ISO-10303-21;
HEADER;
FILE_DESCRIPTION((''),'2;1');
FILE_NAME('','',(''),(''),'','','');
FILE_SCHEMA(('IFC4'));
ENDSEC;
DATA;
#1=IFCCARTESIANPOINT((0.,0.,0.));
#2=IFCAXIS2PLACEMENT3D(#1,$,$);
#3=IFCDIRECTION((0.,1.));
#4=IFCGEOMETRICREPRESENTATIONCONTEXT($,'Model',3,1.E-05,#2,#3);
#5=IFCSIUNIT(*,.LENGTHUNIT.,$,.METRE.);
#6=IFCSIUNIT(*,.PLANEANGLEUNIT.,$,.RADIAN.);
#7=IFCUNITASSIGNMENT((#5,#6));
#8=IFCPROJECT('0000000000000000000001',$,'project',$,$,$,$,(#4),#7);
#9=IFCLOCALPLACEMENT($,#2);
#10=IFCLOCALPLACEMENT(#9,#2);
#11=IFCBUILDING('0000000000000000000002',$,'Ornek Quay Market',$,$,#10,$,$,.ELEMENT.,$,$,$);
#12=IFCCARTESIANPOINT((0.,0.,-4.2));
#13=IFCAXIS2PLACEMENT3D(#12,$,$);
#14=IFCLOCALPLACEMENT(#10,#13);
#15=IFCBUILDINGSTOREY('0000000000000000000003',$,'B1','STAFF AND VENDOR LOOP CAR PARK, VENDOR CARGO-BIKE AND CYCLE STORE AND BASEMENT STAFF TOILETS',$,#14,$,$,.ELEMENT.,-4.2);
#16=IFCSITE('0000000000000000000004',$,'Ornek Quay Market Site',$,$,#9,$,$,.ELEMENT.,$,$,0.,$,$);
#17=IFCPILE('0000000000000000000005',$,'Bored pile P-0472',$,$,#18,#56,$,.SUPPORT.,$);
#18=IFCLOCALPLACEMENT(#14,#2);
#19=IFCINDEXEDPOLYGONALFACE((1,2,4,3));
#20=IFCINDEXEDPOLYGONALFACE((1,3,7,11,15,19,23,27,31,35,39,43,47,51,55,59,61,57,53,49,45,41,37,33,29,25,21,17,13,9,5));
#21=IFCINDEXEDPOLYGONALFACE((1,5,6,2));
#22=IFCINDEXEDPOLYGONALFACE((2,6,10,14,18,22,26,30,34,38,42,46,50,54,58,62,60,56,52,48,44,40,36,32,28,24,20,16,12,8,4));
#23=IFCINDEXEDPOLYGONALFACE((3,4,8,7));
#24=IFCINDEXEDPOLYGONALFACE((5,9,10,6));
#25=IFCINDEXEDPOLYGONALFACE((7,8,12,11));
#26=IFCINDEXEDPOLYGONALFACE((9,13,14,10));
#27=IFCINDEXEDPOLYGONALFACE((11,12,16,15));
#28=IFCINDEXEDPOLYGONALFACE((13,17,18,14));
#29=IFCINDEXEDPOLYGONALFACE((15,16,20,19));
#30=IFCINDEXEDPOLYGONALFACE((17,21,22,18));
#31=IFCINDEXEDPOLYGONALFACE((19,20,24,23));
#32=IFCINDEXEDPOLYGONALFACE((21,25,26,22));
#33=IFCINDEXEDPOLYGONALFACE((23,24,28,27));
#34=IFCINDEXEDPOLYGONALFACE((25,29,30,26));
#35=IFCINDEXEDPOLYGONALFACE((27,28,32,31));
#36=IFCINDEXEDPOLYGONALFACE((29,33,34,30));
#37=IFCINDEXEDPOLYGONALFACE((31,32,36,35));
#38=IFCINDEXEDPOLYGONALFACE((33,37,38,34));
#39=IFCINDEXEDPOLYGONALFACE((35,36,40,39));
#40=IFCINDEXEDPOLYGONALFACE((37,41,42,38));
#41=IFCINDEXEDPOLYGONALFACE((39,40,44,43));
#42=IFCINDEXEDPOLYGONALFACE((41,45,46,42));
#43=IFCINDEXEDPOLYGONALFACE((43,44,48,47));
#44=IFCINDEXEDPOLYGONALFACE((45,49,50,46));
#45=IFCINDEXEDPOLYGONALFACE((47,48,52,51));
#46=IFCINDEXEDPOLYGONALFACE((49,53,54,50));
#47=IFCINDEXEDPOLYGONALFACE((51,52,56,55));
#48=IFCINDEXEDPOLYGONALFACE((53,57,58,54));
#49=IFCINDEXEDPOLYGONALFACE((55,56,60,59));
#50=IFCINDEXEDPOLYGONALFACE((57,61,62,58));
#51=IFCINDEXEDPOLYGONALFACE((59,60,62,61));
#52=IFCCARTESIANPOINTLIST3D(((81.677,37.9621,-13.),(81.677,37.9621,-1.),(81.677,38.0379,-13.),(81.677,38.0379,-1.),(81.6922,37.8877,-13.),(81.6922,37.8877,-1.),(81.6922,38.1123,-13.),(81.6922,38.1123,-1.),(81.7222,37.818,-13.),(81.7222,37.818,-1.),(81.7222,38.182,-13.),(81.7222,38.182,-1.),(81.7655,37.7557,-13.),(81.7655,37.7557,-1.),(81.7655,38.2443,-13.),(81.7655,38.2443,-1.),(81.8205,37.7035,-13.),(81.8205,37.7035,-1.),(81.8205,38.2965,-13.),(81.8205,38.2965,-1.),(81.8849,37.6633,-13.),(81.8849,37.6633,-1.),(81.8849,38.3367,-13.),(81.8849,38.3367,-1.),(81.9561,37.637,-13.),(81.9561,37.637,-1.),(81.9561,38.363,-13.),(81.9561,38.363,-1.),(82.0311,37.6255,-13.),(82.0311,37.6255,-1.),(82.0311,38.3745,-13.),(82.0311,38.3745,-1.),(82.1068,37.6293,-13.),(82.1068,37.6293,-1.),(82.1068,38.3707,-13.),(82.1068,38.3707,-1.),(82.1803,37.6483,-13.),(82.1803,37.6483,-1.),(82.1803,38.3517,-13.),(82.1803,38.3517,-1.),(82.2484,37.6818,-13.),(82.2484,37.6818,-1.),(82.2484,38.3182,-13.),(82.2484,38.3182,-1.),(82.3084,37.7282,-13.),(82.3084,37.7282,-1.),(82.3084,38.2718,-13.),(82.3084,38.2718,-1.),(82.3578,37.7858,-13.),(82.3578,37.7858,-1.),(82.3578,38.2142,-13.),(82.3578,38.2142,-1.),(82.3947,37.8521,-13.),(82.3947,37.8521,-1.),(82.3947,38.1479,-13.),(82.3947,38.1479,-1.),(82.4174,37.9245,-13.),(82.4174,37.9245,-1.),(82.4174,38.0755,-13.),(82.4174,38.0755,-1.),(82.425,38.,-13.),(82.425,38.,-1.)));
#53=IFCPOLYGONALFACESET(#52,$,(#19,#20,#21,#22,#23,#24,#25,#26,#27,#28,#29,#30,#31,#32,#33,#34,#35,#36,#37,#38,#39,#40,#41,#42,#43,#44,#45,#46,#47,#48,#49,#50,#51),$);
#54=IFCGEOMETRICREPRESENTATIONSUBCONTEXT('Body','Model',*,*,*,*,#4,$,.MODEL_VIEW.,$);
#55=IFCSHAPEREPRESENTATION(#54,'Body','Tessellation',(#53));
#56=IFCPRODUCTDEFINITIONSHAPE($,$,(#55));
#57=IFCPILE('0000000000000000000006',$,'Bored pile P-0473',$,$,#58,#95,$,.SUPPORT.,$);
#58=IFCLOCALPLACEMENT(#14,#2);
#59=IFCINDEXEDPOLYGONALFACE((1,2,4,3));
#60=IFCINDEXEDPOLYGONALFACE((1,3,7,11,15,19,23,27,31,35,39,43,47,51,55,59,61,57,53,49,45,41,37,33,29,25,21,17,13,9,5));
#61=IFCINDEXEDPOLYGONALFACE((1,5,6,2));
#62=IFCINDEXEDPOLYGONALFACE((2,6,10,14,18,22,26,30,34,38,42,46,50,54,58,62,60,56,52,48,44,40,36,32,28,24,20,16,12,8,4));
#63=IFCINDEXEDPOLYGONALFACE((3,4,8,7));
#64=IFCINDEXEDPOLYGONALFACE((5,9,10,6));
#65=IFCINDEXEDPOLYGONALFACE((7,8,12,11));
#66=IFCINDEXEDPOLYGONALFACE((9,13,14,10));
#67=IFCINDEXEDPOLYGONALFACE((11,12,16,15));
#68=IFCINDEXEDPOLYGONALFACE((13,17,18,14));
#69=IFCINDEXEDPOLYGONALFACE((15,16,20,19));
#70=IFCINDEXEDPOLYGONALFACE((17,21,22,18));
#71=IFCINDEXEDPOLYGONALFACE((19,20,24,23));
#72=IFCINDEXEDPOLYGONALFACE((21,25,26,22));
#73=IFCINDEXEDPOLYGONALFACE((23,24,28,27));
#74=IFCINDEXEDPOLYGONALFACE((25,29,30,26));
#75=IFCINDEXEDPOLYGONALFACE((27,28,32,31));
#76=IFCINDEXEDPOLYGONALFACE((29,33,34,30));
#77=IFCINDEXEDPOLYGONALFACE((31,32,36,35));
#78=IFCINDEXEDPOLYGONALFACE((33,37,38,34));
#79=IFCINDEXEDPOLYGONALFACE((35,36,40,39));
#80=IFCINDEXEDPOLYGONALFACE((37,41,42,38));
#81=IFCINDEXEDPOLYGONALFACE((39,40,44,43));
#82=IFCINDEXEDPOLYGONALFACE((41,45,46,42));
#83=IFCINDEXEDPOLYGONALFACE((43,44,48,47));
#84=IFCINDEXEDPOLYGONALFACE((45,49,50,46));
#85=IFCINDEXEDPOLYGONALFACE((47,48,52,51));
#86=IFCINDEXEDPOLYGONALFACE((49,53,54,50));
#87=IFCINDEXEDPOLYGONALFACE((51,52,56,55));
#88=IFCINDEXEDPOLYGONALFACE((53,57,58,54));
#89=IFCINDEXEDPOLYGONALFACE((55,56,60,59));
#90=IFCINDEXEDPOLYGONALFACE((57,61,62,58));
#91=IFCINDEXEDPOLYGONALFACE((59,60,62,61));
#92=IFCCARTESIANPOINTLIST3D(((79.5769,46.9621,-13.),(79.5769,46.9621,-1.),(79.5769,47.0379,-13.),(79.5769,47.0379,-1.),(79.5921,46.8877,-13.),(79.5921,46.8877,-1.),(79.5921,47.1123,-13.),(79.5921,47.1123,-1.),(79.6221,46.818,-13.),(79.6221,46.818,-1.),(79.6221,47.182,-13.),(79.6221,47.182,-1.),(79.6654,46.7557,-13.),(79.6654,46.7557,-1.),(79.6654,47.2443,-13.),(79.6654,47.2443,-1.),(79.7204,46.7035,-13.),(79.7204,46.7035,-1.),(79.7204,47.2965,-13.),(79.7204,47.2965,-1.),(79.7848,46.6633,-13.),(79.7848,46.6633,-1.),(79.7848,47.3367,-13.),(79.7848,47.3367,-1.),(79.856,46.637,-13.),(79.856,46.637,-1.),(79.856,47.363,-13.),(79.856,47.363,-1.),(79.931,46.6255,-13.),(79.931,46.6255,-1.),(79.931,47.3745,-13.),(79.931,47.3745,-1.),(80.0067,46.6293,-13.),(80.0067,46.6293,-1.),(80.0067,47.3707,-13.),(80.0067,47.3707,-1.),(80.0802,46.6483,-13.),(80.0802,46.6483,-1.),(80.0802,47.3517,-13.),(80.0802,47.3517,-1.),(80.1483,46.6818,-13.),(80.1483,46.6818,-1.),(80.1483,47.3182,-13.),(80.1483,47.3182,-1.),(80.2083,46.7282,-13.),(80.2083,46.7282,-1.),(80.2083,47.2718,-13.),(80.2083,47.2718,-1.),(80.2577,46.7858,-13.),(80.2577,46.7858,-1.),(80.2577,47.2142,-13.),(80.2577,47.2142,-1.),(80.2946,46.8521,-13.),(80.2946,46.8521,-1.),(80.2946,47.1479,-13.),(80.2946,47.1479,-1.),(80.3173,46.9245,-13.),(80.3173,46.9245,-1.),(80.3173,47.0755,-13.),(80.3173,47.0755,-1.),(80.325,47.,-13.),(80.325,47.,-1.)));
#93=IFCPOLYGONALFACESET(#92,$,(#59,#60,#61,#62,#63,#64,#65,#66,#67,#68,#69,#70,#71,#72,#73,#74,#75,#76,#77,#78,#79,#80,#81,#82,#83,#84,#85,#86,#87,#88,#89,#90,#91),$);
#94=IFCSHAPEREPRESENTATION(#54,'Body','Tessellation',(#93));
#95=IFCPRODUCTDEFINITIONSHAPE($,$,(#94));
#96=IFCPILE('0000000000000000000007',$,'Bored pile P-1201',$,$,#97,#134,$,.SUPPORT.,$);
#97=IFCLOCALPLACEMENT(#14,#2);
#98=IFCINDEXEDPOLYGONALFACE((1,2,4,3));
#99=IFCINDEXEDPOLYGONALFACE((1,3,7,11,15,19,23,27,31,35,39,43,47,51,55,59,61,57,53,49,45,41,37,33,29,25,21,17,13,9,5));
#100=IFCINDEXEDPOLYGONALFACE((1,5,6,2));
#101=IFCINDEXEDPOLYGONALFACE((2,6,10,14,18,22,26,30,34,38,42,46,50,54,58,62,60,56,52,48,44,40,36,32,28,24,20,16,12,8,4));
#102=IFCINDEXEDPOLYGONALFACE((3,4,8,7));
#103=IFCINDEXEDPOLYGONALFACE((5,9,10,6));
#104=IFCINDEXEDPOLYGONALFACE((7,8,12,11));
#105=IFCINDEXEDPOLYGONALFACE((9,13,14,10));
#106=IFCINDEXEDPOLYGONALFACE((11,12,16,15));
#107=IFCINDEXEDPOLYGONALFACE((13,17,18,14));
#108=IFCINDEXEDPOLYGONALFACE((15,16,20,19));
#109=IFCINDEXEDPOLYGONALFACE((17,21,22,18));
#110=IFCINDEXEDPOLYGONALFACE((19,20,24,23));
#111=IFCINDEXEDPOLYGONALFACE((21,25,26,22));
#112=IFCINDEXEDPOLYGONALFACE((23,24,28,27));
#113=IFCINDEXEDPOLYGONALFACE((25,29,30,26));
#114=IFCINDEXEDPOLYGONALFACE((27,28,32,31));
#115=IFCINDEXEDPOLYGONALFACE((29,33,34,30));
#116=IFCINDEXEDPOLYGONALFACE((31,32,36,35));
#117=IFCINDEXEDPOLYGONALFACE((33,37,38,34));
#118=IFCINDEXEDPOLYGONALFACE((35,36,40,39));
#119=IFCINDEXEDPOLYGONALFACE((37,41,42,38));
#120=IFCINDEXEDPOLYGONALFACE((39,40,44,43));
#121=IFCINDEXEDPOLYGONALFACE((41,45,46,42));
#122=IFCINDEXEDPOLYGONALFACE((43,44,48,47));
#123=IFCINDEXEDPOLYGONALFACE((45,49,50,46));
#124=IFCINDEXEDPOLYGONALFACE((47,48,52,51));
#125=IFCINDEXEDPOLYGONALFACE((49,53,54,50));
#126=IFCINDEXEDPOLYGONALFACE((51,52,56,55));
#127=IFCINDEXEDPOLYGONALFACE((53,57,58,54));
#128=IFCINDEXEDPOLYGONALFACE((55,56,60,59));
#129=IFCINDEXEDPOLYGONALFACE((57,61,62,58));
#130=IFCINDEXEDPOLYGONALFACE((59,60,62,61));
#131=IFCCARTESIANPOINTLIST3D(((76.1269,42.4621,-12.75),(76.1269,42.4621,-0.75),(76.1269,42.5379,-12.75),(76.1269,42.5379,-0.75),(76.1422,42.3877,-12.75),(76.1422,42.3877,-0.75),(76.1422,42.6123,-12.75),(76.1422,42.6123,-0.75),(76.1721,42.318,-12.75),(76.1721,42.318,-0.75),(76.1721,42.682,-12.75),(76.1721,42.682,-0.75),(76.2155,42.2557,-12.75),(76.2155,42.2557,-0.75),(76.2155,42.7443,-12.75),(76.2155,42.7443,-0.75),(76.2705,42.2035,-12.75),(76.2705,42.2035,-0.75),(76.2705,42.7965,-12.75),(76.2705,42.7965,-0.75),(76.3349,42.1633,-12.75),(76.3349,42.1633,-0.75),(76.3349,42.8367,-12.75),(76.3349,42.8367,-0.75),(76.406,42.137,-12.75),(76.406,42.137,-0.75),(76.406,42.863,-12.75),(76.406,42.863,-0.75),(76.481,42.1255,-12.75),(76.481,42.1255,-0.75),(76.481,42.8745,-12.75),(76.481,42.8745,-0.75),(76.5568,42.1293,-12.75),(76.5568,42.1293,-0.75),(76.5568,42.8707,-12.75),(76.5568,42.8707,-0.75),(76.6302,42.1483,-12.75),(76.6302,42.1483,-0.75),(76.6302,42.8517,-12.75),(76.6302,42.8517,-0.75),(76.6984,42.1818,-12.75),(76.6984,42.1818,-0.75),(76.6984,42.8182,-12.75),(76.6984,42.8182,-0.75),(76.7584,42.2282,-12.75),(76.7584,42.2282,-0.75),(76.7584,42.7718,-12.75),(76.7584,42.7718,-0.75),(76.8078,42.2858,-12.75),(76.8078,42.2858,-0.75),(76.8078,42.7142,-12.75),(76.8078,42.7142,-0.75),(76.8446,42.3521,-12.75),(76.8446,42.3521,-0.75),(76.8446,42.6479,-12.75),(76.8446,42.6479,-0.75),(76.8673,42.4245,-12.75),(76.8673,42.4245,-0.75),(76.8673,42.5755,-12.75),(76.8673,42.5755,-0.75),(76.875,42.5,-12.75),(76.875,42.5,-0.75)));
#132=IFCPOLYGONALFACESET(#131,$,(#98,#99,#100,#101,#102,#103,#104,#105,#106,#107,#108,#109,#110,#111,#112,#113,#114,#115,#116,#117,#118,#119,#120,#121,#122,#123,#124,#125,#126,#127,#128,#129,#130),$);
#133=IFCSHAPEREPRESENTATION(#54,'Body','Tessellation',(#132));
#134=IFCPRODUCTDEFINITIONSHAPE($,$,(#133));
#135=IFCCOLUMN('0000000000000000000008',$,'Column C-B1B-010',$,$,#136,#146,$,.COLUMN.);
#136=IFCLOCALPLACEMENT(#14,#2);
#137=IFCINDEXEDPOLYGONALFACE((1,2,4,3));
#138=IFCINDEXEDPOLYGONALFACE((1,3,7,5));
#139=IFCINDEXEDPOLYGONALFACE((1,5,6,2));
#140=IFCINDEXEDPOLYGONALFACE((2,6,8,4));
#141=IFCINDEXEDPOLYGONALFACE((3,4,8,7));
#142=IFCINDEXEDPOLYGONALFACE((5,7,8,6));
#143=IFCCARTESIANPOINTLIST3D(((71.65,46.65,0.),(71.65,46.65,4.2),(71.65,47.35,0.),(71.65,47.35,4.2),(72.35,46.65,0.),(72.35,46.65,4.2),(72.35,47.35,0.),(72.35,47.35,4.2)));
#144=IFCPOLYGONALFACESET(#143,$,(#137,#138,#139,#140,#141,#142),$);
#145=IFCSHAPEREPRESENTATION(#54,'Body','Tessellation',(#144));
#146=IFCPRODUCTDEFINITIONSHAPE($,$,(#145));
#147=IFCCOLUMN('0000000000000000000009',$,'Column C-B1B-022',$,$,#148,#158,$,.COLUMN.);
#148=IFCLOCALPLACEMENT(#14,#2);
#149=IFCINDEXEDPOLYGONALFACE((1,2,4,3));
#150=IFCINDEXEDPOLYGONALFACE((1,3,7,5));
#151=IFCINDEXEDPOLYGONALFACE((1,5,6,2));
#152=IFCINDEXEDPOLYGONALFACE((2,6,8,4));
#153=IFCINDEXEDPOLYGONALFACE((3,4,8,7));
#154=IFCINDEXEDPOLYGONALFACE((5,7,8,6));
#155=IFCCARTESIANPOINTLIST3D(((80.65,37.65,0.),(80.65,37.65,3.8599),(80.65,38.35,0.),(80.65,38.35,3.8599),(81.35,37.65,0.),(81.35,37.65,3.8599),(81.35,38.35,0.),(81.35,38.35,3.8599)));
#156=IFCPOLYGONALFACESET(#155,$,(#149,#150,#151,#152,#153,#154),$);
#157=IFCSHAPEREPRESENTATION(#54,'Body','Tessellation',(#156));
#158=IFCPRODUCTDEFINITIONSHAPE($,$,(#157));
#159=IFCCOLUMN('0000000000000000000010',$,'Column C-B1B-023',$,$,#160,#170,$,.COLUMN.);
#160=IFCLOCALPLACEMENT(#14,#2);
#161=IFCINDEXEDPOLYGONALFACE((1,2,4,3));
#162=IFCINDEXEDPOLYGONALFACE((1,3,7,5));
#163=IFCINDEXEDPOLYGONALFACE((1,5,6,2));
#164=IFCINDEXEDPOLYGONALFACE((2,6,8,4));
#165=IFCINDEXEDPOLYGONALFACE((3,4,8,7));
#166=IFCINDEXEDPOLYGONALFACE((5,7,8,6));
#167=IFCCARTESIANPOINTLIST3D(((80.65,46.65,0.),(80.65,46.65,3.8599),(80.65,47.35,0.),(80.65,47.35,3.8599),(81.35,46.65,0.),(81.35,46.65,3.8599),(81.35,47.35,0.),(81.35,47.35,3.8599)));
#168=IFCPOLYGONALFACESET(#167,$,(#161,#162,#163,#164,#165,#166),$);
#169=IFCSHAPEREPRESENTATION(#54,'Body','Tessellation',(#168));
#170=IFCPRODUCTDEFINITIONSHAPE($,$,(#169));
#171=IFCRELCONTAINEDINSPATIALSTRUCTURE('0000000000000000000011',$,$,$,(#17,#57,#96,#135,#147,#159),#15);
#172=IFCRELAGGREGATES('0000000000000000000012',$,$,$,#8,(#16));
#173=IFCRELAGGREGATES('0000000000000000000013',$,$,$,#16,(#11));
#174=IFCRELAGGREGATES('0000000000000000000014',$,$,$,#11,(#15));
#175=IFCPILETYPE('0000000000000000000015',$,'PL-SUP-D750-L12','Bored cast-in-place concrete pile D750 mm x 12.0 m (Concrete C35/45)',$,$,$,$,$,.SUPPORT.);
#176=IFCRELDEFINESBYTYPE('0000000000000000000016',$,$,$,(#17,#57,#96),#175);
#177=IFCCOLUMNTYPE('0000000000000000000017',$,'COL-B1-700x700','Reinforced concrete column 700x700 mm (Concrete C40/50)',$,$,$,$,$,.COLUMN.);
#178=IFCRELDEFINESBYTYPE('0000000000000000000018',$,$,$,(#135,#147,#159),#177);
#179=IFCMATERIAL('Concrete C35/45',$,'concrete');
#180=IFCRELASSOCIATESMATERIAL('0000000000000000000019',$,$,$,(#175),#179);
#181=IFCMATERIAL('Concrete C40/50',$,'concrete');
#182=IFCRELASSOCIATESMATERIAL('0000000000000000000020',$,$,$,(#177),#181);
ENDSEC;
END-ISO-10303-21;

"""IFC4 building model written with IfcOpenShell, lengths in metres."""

from ifc_helpers import new_model, si_unit, direction, frame, origin, origin_2d, place, context, subcontext, project, spatial, rectangle, circle, extrude, material, material_profile, profile_set, type_object, element, save


model = new_model("IFC4")

# Units and contexts
model_context = context("Model", 3, precision=1e-05, world=origin(), true_north=direction((0.0, 1.0)))
body_context = subcontext(model_context, "Body", "Model", "MODEL_VIEW")
ifc_project = project(units=[si_unit("LENGTHUNIT", "METRE"), si_unit("PLANEANGLEUNIT", "RADIAN")], contexts=[model_context])

# Site, building, storey
site_placement = place(None, origin())
site = spatial("IfcSite", under=ifc_project, at=site_placement, Name="Ornek Quay Market Site", CompositionType="ELEMENT", RefElevation=0.0)
building_placement = place(site_placement, origin())
building = spatial("IfcBuilding", under=site, at=building_placement, Name="Ornek Quay Market", CompositionType="ELEMENT")
storey_placement = place(building_placement, frame((0.0, 0.0, -4.2)))
storey = spatial("IfcBuildingStorey", under=building, at=storey_placement, Name="B1", Description="STAFF AND VENDOR LOOP CAR PARK, VENDOR CARGO-BIKE AND CYCLE STORE AND BASEMENT STAFF TOILETS", CompositionType="ELEMENT", Elevation=-4.2)

# Piles
ifc_material_1 = material(Name="Concrete C35/45", Category="concrete")
ifc_material_profile_1 = material_profile(ifc_material_1, circle(Radius=0.375, at=origin_2d()), Name="PILE D750", Category="concrete")
ifc_profile_set_1 = profile_set([ifc_material_profile_1], Name="Concrete C35/45")
pile_type_1 = type_object("IfcPileType", Name="PL-SUP-D750-L12", Description="Bored cast-in-place concrete pile D750 mm x 12.0 m (Concrete C35/45)", PredefinedType="SUPPORT", material=ifc_profile_set_1)
for number, where, z_axis, x_axis, name in (
    (1, (82.05, 38.0, -1.0), (0.0, 0.0, -1.0), (1.0, 0.0, 0.0), "Bored pile P-0472"),
    (2, (79.95, 47.0, -1.0), (0.0, 0.0, -1.0), (1.0, 0.0, 0.0), "Bored pile P-0473"),
    (3, (76.5, 42.5, -0.75), (0.0, 0.0, -1.0), (1.0, 0.0, 0.0), "Bored pile P-1201"),
):
    element("IfcPile", number, at=place(storey_placement, frame(where, z_axis=z_axis, x_axis=x_axis)), inside=storey, type_object=pile_type_1, Name=name, PredefinedType="SUPPORT", context=body_context, shape_type="SweptSolid", body=[
        extrude(circle(Radius=0.375, at=origin_2d()), origin(), (0.0, 0.0, 1.0), 12.0),
    ])

# Columns
ifc_material_2 = material(Name="Concrete C40/50", Category="concrete")
ifc_material_profile_2 = material_profile(ifc_material_2, rectangle(XDim=0.7, YDim=0.7, at=origin_2d()), Name="RC 700x700", Category="concrete")
ifc_profile_set_2 = profile_set([ifc_material_profile_2], Name="Concrete C40/50")
column_type_1 = type_object("IfcColumnType", Name="COL-B1-700x700", Description="Reinforced concrete column 700x700 mm (Concrete C40/50)", PredefinedType="COLUMN", material=ifc_profile_set_2)
column_1_placement = place(storey_placement, frame((72.0, 47.0, 0.0), z_axis=(0.0, 0.0, 1.0), x_axis=(1.0, 0.0, 0.0)))
element("IfcColumn", 4, at=column_1_placement, inside=storey, type_object=column_type_1, Name="Column C-B1B-010", PredefinedType="COLUMN", context=body_context, shape_type="SweptSolid", body=[
    extrude(rectangle(XDim=0.7, YDim=0.7, at=origin_2d()), origin(), (0.0, 0.0, 1.0), 4.2),
])
for number, where, z_axis, x_axis, name in (
    (5, (81.0, 38.0, 0.0), (0.0, 0.0, 1.0), (1.0, 0.0, 0.0), "Column C-B1B-022"),
    (6, (81.0, 47.0, 0.0), (0.0, 0.0, 1.0), (1.0, 0.0, 0.0), "Column C-B1B-023"),
):
    element("IfcColumn", number, at=place(storey_placement, frame(where, z_axis=z_axis, x_axis=x_axis)), inside=storey, type_object=column_type_1, Name=name, PredefinedType="COLUMN", context=body_context, shape_type="SweptSolid", body=[
        extrude(rectangle(XDim=0.7, YDim=0.7, at=origin_2d()), origin(), (0.0, 0.0, 1.0), 3.8599),
    ])

save(model, "model.ifc")
